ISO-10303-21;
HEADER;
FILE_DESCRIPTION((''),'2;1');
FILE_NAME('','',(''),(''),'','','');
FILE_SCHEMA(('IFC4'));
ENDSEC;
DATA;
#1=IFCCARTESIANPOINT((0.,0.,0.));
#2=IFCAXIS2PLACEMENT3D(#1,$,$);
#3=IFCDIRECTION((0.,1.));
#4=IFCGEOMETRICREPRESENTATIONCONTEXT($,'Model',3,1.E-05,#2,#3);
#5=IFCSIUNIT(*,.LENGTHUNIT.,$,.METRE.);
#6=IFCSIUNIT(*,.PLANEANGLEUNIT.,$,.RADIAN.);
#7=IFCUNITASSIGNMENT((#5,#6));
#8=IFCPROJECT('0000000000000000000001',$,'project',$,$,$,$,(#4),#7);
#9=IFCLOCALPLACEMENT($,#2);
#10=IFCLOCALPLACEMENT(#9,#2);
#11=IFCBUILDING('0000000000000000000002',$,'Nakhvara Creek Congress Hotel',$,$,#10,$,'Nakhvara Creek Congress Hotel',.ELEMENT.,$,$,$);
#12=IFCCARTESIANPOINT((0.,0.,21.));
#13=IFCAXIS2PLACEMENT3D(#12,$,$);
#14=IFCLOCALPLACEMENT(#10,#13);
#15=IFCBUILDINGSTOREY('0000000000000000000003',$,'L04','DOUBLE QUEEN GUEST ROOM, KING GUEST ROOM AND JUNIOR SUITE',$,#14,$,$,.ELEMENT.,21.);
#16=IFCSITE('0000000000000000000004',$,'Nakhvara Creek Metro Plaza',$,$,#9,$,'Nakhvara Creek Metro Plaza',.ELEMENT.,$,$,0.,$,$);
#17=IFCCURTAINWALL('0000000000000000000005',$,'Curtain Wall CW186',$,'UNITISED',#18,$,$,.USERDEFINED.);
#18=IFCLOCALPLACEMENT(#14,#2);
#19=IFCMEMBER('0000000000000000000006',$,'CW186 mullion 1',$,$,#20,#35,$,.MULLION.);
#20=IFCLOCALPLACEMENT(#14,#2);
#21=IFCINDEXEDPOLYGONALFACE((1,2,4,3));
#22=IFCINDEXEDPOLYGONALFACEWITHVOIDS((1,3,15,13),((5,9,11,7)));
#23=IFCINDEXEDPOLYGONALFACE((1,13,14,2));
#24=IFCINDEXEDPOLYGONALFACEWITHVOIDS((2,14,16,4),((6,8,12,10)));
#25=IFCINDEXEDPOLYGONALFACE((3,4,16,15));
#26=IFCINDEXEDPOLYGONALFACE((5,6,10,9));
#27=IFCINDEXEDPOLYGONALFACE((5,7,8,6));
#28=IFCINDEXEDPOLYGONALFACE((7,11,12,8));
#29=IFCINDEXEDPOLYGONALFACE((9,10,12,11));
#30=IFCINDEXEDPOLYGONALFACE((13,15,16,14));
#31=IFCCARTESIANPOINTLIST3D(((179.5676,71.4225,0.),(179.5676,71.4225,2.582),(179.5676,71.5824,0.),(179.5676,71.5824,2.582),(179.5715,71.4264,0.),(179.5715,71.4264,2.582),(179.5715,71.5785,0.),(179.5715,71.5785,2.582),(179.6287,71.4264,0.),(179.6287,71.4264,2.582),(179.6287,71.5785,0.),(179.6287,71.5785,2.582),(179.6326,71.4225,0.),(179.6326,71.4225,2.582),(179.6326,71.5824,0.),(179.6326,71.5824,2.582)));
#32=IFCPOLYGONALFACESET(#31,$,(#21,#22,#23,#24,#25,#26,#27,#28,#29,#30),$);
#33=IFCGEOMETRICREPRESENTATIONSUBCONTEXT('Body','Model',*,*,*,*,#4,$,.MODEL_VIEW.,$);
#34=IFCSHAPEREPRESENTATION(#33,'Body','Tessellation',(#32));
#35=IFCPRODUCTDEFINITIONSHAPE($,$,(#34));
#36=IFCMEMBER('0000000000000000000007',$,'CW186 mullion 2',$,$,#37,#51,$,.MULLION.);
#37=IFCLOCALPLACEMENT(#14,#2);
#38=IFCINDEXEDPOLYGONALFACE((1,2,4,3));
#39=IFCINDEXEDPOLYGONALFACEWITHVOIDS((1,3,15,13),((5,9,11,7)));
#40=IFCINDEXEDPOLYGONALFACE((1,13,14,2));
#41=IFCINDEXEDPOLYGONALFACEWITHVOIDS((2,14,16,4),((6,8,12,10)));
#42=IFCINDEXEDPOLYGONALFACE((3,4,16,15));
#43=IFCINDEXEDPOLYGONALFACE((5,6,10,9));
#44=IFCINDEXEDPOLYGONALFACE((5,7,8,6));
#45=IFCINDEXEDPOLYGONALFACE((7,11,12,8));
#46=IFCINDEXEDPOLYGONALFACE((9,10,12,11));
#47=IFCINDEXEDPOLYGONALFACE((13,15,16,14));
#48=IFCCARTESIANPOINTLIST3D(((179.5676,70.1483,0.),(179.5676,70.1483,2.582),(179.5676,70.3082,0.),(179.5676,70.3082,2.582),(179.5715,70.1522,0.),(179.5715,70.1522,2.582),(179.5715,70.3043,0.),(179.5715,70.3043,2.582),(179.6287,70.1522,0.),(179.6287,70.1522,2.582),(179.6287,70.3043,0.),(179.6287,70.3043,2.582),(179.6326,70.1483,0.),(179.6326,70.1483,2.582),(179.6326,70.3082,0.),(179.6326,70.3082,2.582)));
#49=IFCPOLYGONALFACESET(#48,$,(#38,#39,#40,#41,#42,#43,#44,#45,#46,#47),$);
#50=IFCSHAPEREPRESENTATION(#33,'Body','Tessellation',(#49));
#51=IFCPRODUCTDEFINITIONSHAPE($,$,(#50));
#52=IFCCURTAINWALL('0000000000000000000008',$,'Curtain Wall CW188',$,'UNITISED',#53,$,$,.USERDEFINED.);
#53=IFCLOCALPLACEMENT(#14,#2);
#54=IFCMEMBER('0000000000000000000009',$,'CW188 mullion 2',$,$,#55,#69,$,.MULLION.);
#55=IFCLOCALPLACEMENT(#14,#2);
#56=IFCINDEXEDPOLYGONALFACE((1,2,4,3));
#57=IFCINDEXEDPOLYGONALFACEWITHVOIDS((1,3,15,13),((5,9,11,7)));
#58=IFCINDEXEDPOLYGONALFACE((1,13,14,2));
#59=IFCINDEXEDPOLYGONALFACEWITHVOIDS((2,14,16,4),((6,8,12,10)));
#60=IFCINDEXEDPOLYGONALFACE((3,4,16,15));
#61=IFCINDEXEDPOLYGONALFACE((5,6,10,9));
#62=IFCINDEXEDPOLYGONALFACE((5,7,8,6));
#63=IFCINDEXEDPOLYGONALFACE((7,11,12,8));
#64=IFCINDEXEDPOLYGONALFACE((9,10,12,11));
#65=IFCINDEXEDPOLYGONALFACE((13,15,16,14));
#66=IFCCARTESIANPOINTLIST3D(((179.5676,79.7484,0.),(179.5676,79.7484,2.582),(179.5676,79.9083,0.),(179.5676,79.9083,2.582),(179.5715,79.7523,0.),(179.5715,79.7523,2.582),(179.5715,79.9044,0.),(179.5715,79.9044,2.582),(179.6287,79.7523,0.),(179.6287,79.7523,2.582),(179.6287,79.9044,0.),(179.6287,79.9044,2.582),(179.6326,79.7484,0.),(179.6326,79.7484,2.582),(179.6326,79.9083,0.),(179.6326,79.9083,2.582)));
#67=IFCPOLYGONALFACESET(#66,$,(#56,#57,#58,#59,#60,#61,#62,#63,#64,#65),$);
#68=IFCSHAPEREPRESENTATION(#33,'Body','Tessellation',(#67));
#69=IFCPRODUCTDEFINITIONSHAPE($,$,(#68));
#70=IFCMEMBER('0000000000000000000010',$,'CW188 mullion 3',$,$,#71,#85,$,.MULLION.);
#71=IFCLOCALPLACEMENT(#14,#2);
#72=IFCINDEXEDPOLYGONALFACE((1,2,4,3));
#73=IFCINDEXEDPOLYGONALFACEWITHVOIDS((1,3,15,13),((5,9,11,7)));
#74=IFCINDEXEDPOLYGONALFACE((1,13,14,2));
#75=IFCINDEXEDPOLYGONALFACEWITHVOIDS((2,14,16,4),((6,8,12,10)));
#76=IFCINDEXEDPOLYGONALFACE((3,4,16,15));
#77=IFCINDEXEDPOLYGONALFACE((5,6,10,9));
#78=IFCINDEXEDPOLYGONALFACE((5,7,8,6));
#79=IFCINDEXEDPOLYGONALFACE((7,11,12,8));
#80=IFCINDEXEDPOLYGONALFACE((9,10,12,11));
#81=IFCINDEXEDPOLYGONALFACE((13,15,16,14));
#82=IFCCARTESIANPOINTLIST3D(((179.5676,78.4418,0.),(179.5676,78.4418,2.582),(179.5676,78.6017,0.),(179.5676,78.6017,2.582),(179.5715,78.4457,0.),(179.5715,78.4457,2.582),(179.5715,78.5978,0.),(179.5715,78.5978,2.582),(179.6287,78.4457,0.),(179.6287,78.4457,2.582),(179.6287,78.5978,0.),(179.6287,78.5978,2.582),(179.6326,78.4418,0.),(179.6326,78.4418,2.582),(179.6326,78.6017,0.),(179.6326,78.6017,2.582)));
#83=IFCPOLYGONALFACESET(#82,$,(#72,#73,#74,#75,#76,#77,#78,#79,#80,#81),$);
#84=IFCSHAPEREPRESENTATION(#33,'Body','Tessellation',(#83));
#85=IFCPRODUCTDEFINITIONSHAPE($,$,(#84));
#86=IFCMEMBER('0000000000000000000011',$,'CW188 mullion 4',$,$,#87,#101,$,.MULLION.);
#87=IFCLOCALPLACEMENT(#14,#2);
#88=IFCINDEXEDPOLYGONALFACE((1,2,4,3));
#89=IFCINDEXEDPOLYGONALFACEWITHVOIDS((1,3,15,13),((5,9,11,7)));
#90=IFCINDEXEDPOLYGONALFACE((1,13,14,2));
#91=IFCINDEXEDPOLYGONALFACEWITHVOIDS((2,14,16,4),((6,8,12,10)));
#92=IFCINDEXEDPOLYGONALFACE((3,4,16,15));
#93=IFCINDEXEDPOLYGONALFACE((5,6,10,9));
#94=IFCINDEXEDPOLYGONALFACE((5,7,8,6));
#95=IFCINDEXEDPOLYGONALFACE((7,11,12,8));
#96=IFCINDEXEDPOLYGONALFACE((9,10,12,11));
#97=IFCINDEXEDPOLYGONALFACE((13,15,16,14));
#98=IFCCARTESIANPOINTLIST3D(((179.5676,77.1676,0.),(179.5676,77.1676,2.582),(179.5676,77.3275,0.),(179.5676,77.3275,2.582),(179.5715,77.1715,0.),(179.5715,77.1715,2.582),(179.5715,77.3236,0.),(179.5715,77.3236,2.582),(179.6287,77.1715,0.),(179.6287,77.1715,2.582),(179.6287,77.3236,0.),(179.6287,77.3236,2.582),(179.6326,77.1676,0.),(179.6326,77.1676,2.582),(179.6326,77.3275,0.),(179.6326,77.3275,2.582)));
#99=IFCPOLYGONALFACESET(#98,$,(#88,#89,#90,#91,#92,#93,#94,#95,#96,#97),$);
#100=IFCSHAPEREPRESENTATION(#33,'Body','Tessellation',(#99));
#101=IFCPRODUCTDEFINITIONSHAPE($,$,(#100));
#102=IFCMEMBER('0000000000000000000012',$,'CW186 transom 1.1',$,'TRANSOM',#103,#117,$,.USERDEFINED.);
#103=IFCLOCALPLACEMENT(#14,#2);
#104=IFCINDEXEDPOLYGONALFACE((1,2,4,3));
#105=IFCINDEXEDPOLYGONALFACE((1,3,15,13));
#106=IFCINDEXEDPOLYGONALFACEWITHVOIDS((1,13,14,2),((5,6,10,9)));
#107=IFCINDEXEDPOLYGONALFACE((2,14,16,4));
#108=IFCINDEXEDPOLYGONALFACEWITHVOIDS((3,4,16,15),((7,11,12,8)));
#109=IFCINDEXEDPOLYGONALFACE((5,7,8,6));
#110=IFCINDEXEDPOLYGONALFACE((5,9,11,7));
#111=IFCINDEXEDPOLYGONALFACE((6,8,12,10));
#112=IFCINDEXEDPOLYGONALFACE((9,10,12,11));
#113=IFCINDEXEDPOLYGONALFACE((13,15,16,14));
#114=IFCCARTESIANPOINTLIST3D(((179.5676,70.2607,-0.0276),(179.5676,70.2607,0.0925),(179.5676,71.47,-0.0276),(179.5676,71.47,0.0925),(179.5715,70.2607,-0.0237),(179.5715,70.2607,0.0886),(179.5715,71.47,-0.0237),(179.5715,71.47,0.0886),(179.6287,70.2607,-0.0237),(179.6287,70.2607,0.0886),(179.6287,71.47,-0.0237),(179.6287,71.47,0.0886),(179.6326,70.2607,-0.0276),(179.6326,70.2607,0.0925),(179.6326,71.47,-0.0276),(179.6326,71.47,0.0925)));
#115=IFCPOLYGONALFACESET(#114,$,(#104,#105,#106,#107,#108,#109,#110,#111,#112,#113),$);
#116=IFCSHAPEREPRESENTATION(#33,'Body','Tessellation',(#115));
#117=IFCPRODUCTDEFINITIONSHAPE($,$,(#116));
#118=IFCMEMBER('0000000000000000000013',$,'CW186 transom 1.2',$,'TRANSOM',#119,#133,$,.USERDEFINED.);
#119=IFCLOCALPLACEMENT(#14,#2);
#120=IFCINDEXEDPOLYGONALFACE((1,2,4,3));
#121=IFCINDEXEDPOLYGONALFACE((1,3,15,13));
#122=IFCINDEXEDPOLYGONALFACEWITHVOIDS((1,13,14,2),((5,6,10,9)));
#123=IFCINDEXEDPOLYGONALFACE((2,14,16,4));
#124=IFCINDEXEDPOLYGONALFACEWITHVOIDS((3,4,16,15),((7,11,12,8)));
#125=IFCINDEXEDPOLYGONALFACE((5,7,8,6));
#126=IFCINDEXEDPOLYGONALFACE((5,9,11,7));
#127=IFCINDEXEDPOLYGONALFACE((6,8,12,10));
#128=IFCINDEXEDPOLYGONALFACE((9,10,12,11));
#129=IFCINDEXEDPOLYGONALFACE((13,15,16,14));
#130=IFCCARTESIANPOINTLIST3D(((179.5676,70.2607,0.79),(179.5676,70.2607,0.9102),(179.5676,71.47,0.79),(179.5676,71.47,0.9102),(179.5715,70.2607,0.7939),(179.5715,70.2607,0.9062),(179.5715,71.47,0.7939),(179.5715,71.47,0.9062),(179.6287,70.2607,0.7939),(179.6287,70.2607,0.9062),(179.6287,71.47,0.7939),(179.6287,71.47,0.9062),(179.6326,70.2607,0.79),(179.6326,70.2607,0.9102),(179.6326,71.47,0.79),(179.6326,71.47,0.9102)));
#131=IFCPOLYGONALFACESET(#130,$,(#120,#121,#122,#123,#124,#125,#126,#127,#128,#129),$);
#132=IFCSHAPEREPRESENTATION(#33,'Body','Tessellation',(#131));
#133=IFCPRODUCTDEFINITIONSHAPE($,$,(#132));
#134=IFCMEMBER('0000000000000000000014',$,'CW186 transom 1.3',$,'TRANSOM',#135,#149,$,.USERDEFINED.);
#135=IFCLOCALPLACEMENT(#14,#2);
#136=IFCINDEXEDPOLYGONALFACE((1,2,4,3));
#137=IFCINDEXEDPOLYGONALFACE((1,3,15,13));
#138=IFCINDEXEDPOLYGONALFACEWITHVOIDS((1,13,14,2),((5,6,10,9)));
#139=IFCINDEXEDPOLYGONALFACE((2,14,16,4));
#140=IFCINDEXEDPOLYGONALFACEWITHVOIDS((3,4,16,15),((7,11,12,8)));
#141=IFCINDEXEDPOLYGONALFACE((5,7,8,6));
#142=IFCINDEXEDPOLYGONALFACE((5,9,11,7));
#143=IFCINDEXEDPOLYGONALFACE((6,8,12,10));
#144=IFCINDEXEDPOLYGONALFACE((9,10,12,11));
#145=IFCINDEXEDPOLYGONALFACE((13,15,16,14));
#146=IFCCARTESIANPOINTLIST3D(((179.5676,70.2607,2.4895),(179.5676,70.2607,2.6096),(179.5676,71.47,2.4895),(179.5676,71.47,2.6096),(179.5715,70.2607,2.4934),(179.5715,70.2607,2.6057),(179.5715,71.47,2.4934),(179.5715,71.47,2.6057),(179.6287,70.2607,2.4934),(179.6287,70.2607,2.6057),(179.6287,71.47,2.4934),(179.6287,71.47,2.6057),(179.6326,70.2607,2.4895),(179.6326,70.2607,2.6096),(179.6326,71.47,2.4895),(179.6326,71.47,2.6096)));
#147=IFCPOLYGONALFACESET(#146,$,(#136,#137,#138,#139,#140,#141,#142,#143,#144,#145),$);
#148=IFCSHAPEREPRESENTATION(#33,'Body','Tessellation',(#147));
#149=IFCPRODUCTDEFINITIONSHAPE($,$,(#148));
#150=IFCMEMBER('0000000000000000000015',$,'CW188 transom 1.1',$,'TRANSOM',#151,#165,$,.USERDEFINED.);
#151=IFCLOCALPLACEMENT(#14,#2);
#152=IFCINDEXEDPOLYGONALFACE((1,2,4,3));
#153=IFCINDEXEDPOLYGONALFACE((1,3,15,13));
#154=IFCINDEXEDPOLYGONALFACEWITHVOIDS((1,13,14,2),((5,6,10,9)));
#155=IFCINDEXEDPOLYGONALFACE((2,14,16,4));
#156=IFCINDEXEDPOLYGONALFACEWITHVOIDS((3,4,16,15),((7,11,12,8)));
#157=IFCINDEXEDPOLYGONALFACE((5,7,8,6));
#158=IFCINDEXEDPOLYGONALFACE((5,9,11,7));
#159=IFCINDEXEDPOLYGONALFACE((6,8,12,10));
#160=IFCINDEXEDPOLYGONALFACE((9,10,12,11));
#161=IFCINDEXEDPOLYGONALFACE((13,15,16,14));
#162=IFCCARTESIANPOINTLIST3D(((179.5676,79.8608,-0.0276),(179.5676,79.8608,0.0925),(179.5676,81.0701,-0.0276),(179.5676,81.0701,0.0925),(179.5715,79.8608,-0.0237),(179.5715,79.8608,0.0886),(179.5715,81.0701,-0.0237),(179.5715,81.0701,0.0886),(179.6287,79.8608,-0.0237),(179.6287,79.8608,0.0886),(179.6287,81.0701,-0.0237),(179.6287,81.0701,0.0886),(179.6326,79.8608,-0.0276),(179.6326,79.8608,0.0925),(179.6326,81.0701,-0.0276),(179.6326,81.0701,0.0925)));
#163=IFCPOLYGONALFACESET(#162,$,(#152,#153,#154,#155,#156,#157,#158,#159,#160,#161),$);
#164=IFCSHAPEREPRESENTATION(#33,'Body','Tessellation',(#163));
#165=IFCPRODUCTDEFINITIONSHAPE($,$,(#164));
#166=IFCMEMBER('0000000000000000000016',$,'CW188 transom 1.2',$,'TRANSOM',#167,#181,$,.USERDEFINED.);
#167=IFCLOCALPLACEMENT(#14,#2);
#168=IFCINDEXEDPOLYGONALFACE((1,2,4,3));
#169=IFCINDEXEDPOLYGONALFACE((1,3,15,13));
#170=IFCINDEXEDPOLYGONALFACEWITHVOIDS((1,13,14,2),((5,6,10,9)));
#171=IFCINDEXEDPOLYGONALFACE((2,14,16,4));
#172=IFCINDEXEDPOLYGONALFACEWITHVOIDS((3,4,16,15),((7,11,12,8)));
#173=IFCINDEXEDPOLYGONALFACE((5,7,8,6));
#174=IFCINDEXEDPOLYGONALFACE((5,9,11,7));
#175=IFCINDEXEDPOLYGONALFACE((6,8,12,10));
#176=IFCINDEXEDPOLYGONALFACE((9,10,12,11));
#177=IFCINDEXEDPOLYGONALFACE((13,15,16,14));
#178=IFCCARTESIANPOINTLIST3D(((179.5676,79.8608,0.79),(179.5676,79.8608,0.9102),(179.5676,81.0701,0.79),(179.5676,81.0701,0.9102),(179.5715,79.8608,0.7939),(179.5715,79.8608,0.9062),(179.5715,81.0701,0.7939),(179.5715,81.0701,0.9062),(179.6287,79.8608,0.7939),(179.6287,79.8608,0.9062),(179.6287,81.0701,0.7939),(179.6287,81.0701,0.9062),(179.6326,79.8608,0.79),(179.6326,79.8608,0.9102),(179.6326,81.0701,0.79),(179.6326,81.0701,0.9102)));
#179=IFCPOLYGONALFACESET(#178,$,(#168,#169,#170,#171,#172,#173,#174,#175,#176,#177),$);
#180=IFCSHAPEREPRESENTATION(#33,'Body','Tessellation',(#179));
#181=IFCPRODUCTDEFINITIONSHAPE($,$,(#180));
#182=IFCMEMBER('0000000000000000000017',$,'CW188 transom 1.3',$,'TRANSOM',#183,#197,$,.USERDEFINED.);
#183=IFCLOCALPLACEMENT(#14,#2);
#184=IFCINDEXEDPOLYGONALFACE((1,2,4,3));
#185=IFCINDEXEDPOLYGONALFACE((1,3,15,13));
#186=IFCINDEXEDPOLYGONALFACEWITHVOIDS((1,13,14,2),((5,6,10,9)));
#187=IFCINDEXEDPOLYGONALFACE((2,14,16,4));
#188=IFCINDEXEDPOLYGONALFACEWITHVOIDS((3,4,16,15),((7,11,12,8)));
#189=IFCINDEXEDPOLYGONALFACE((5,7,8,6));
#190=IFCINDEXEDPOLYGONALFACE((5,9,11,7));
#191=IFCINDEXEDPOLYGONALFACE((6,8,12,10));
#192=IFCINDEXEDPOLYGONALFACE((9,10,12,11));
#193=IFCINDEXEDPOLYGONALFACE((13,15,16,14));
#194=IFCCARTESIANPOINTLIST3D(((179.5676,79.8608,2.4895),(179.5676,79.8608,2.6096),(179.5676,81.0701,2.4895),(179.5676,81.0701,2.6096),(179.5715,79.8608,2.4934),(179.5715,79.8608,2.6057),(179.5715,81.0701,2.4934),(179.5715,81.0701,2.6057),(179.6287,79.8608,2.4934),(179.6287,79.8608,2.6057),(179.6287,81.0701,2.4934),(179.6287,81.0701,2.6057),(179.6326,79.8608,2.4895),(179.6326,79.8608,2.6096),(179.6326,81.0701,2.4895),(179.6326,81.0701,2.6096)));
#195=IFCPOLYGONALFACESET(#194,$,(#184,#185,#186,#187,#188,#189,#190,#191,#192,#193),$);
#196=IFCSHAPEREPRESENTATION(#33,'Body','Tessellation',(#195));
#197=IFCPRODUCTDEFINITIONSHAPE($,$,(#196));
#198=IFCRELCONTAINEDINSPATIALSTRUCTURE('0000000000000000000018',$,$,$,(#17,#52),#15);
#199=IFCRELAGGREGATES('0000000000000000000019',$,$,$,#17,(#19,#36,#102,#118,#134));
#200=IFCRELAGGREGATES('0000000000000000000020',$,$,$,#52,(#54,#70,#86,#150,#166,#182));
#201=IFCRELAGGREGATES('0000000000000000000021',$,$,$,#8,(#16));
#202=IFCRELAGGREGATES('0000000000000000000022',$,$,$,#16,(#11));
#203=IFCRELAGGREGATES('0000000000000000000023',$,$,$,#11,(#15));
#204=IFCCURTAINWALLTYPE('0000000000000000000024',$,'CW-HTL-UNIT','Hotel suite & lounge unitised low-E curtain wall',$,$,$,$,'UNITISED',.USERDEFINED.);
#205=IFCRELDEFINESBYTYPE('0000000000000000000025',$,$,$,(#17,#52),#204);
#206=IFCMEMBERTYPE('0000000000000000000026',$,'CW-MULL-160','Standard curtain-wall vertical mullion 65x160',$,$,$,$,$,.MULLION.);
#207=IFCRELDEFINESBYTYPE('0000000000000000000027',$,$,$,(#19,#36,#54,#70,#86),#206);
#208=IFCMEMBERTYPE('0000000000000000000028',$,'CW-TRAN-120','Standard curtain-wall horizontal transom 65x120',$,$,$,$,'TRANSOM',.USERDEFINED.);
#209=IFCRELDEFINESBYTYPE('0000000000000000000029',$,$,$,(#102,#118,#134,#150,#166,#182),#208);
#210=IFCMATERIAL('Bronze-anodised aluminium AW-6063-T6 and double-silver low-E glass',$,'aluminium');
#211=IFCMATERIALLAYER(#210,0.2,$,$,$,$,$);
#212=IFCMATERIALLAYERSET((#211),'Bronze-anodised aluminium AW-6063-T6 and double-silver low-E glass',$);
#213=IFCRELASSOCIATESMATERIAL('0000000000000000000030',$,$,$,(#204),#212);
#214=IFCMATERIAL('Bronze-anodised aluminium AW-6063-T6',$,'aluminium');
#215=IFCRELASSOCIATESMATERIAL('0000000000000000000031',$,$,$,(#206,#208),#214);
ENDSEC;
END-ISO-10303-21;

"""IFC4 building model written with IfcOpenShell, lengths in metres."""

from ifc_helpers import new_model, si_unit, direction, frame, origin, origin_2d, place, context, subcontext, project, spatial, hollow_rectangle, extrude, material, layer, layer_set, material_profile, profile_set, type_object, element, aggregate, save


model = new_model("IFC4")

# Units and contexts
model_context = context("Model", 3, precision=1e-05, world=origin(), true_north=direction((0.0, 1.0)))
body_context = subcontext(model_context, "Body", "Model", "MODEL_VIEW")
ifc_project = project(units=[si_unit("LENGTHUNIT", "METRE"), si_unit("PLANEANGLEUNIT", "RADIAN")], contexts=[model_context])

# Site, building, storey
site_placement = place(None, origin())
site = spatial("IfcSite", under=ifc_project, at=site_placement, Name="Nakhvara Creek Metro Plaza", LongName="Nakhvara Creek Metro Plaza", CompositionType="ELEMENT", RefElevation=0.0)
building_placement = place(site_placement, origin())
building = spatial("IfcBuilding", under=site, at=building_placement, Name="Nakhvara Creek Congress Hotel", LongName="Nakhvara Creek Congress Hotel", CompositionType="ELEMENT")
storey_placement = place(building_placement, frame((0.0, 0.0, 21.0)))
storey = spatial("IfcBuildingStorey", under=building, at=storey_placement, Name="L04", Description="DOUBLE QUEEN GUEST ROOM, KING GUEST ROOM AND JUNIOR SUITE", CompositionType="ELEMENT", Elevation=21.0)

# Curtain walls, members
ifc_material_1 = material(Name="Bronze-anodised aluminium AW-6063-T6 and double-silver low-E glass", Category="aluminium")
ifc_layer_1 = layer(ifc_material_1, 0.2)
ifc_layer_set_1 = layer_set([ifc_layer_1], Name="Bronze-anodised aluminium AW-6063-T6 and double-silver low-E glass")
curtain_wall_type = type_object("IfcCurtainWallType", Name="CW-HTL-UNIT", Description="Hotel suite & lounge unitised low-E curtain wall", ElementType="UNITISED", PredefinedType="USERDEFINED", material=ifc_layer_set_1)
curtain_wall_1_placement = place(storey_placement, origin())
curtain_wall_1 = element("IfcCurtainWall", 1, at=curtain_wall_1_placement, inside=storey, type_object=curtain_wall_type, Name="Curtain Wall CW186", ObjectType="UNITISED", PredefinedType="USERDEFINED")
ifc_material_2 = material(Name="Bronze-anodised aluminium AW-6063-T6", Category="aluminium")
ifc_material_profile_1 = material_profile(ifc_material_2, hollow_rectangle(XDim=0.0649, YDim=0.1599, WallThickness=0.0039, at=origin_2d()), Name="ALU-MULL 65x160x4", Category="LoadBearing")
ifc_profile_set_1 = profile_set([ifc_material_profile_1], Name="Bronze-anodised aluminium AW-6063-T6")
member_type_1 = type_object("IfcMemberType", Name="CW-MULL-160", Description="Standard curtain-wall vertical mullion 65x160", PredefinedType="MULLION", material=ifc_profile_set_1)
member_1_placement = place(storey_placement, frame((179.6001, 71.5024, 0.0), z_axis=(0.0, 0.0, 1.0), x_axis=(1.0, 0.0, 0.0)))
member_1 = element("IfcMember", 2, at=member_1_placement, type_object=member_type_1, Name="CW186 mullion 1", PredefinedType="MULLION", context=body_context, shape_type="SweptSolid", body=[
    extrude(hollow_rectangle(XDim=0.0649, YDim=0.1599, WallThickness=0.0039, at=origin_2d()), origin(), (0.0, 0.0, 1.0), 2.582),
])
member_2_placement = place(storey_placement, frame((179.6001, 70.2283, 0.0), z_axis=(0.0, 0.0, 1.0), x_axis=(1.0, 0.0, 0.0)))
member_2 = element("IfcMember", 3, at=member_2_placement, type_object=member_type_1, Name="CW186 mullion 2", PredefinedType="MULLION", context=body_context, shape_type="SweptSolid", body=[
    extrude(hollow_rectangle(XDim=0.0649, YDim=0.1599, WallThickness=0.0039, at=origin_2d()), origin(), (0.0, 0.0, 1.0), 2.582),
])
curtain_wall_2_placement = place(storey_placement, origin())
curtain_wall_2 = element("IfcCurtainWall", 4, at=curtain_wall_2_placement, inside=storey, type_object=curtain_wall_type, Name="Curtain Wall CW188", ObjectType="UNITISED", PredefinedType="USERDEFINED")
member_3_placement = place(storey_placement, frame((179.6001, 79.8284, 0.0), z_axis=(0.0, 0.0, 1.0), x_axis=(1.0, 0.0, 0.0)))
member_3 = element("IfcMember", 5, at=member_3_placement, type_object=member_type_1, Name="CW188 mullion 2", PredefinedType="MULLION", context=body_context, shape_type="SweptSolid", body=[
    extrude(hollow_rectangle(XDim=0.0649, YDim=0.1599, WallThickness=0.0039, at=origin_2d()), origin(), (0.0, 0.0, 1.0), 2.582),
])
member_4_placement = place(storey_placement, frame((179.6001, 78.5217, 0.0), z_axis=(0.0, 0.0, 1.0), x_axis=(1.0, 0.0, 0.0)))
member_4 = element("IfcMember", 6, at=member_4_placement, type_object=member_type_1, Name="CW188 mullion 3", PredefinedType="MULLION", context=body_context, shape_type="SweptSolid", body=[
    extrude(hollow_rectangle(XDim=0.0649, YDim=0.1599, WallThickness=0.0039, at=origin_2d()), origin(), (0.0, 0.0, 1.0), 2.582),
])
member_5_placement = place(storey_placement, frame((179.6001, 77.2476, 0.0), z_axis=(0.0, 0.0, 1.0), x_axis=(1.0, 0.0, 0.0)))
member_5 = element("IfcMember", 7, at=member_5_placement, type_object=member_type_1, Name="CW188 mullion 4", PredefinedType="MULLION", context=body_context, shape_type="SweptSolid", body=[
    extrude(hollow_rectangle(XDim=0.0649, YDim=0.1599, WallThickness=0.0039, at=origin_2d()), origin(), (0.0, 0.0, 1.0), 2.582),
])

# Members
ifc_material_profile_2 = material_profile(ifc_material_2, hollow_rectangle(XDim=0.0649, YDim=0.1201, WallThickness=0.0039, at=origin_2d()), Name="ALU-TRAN 65x120x4", Category="LoadBearing")
ifc_profile_set_2 = profile_set([ifc_material_profile_2], Name="Bronze-anodised aluminium AW-6063-T6")
member_type_2 = type_object("IfcMemberType", Name="CW-TRAN-120", Description="Standard curtain-wall horizontal transom 65x120", ElementType="TRANSOM", PredefinedType="USERDEFINED", material=ifc_profile_set_2)
member_6_placement = place(storey_placement, frame((179.6001, 71.47, 0.0325), z_axis=(0.0, -1.0, 0.0), x_axis=(1.0, 0.0, 0.0)))
member_6 = element("IfcMember", 8, at=member_6_placement, type_object=member_type_2, Name="CW186 transom 1.1", ObjectType="TRANSOM", PredefinedType="USERDEFINED", context=body_context, shape_type="SweptSolid", body=[
    extrude(hollow_rectangle(XDim=0.0649, YDim=0.1201, WallThickness=0.0039, at=origin_2d()), origin(), (0.0, 0.0, 1.0), 1.2092),
])
member_7_placement = place(storey_placement, frame((179.6001, 71.47, 0.8501), z_axis=(0.0, -1.0, 0.0), x_axis=(1.0, 0.0, 0.0)))
member_7 = element("IfcMember", 9, at=member_7_placement, type_object=member_type_2, Name="CW186 transom 1.2", ObjectType="TRANSOM", PredefinedType="USERDEFINED", context=body_context, shape_type="SweptSolid", body=[
    extrude(hollow_rectangle(XDim=0.0649, YDim=0.1201, WallThickness=0.0039, at=origin_2d()), origin(), (0.0, 0.0, 1.0), 1.2092),
])
member_8_placement = place(storey_placement, frame((179.6001, 71.47, 2.5496), z_axis=(0.0, -1.0, 0.0), x_axis=(1.0, 0.0, 0.0)))
member_8 = element("IfcMember", 10, at=member_8_placement, type_object=member_type_2, Name="CW186 transom 1.3", ObjectType="TRANSOM", PredefinedType="USERDEFINED", context=body_context, shape_type="SweptSolid", body=[
    extrude(hollow_rectangle(XDim=0.0649, YDim=0.1201, WallThickness=0.0039, at=origin_2d()), origin(), (0.0, 0.0, 1.0), 1.2092),
])
member_9_placement = place(storey_placement, frame((179.6001, 81.0701, 0.0325), z_axis=(0.0, -1.0, 0.0), x_axis=(1.0, 0.0, 0.0)))
member_9 = element("IfcMember", 11, at=member_9_placement, type_object=member_type_2, Name="CW188 transom 1.1", ObjectType="TRANSOM", PredefinedType="USERDEFINED", context=body_context, shape_type="SweptSolid", body=[
    extrude(hollow_rectangle(XDim=0.0649, YDim=0.1201, WallThickness=0.0039, at=origin_2d()), origin(), (0.0, 0.0, 1.0), 1.2092),
])
member_10_placement = place(storey_placement, frame((179.6001, 81.0701, 0.8501), z_axis=(0.0, -1.0, 0.0), x_axis=(1.0, 0.0, 0.0)))
member_10 = element("IfcMember", 12, at=member_10_placement, type_object=member_type_2, Name="CW188 transom 1.2", ObjectType="TRANSOM", PredefinedType="USERDEFINED", context=body_context, shape_type="SweptSolid", body=[
    extrude(hollow_rectangle(XDim=0.0649, YDim=0.1201, WallThickness=0.0039, at=origin_2d()), origin(), (0.0, 0.0, 1.0), 1.2092),
])
member_11_placement = place(storey_placement, frame((179.6001, 81.0701, 2.5496), z_axis=(0.0, -1.0, 0.0), x_axis=(1.0, 0.0, 0.0)))
member_11 = element("IfcMember", 13, at=member_11_placement, type_object=member_type_2, Name="CW188 transom 1.3", ObjectType="TRANSOM", PredefinedType="USERDEFINED", context=body_context, shape_type="SweptSolid", body=[
    extrude(hollow_rectangle(XDim=0.0649, YDim=0.1201, WallThickness=0.0039, at=origin_2d()), origin(), (0.0, 0.0, 1.0), 1.2092),
])

aggregate(curtain_wall_1, [member_1, member_2, member_6, member_7, member_8])
aggregate(curtain_wall_2, [member_3, member_4, member_5, member_9, member_10, member_11])

save(model, "model.ifc")
